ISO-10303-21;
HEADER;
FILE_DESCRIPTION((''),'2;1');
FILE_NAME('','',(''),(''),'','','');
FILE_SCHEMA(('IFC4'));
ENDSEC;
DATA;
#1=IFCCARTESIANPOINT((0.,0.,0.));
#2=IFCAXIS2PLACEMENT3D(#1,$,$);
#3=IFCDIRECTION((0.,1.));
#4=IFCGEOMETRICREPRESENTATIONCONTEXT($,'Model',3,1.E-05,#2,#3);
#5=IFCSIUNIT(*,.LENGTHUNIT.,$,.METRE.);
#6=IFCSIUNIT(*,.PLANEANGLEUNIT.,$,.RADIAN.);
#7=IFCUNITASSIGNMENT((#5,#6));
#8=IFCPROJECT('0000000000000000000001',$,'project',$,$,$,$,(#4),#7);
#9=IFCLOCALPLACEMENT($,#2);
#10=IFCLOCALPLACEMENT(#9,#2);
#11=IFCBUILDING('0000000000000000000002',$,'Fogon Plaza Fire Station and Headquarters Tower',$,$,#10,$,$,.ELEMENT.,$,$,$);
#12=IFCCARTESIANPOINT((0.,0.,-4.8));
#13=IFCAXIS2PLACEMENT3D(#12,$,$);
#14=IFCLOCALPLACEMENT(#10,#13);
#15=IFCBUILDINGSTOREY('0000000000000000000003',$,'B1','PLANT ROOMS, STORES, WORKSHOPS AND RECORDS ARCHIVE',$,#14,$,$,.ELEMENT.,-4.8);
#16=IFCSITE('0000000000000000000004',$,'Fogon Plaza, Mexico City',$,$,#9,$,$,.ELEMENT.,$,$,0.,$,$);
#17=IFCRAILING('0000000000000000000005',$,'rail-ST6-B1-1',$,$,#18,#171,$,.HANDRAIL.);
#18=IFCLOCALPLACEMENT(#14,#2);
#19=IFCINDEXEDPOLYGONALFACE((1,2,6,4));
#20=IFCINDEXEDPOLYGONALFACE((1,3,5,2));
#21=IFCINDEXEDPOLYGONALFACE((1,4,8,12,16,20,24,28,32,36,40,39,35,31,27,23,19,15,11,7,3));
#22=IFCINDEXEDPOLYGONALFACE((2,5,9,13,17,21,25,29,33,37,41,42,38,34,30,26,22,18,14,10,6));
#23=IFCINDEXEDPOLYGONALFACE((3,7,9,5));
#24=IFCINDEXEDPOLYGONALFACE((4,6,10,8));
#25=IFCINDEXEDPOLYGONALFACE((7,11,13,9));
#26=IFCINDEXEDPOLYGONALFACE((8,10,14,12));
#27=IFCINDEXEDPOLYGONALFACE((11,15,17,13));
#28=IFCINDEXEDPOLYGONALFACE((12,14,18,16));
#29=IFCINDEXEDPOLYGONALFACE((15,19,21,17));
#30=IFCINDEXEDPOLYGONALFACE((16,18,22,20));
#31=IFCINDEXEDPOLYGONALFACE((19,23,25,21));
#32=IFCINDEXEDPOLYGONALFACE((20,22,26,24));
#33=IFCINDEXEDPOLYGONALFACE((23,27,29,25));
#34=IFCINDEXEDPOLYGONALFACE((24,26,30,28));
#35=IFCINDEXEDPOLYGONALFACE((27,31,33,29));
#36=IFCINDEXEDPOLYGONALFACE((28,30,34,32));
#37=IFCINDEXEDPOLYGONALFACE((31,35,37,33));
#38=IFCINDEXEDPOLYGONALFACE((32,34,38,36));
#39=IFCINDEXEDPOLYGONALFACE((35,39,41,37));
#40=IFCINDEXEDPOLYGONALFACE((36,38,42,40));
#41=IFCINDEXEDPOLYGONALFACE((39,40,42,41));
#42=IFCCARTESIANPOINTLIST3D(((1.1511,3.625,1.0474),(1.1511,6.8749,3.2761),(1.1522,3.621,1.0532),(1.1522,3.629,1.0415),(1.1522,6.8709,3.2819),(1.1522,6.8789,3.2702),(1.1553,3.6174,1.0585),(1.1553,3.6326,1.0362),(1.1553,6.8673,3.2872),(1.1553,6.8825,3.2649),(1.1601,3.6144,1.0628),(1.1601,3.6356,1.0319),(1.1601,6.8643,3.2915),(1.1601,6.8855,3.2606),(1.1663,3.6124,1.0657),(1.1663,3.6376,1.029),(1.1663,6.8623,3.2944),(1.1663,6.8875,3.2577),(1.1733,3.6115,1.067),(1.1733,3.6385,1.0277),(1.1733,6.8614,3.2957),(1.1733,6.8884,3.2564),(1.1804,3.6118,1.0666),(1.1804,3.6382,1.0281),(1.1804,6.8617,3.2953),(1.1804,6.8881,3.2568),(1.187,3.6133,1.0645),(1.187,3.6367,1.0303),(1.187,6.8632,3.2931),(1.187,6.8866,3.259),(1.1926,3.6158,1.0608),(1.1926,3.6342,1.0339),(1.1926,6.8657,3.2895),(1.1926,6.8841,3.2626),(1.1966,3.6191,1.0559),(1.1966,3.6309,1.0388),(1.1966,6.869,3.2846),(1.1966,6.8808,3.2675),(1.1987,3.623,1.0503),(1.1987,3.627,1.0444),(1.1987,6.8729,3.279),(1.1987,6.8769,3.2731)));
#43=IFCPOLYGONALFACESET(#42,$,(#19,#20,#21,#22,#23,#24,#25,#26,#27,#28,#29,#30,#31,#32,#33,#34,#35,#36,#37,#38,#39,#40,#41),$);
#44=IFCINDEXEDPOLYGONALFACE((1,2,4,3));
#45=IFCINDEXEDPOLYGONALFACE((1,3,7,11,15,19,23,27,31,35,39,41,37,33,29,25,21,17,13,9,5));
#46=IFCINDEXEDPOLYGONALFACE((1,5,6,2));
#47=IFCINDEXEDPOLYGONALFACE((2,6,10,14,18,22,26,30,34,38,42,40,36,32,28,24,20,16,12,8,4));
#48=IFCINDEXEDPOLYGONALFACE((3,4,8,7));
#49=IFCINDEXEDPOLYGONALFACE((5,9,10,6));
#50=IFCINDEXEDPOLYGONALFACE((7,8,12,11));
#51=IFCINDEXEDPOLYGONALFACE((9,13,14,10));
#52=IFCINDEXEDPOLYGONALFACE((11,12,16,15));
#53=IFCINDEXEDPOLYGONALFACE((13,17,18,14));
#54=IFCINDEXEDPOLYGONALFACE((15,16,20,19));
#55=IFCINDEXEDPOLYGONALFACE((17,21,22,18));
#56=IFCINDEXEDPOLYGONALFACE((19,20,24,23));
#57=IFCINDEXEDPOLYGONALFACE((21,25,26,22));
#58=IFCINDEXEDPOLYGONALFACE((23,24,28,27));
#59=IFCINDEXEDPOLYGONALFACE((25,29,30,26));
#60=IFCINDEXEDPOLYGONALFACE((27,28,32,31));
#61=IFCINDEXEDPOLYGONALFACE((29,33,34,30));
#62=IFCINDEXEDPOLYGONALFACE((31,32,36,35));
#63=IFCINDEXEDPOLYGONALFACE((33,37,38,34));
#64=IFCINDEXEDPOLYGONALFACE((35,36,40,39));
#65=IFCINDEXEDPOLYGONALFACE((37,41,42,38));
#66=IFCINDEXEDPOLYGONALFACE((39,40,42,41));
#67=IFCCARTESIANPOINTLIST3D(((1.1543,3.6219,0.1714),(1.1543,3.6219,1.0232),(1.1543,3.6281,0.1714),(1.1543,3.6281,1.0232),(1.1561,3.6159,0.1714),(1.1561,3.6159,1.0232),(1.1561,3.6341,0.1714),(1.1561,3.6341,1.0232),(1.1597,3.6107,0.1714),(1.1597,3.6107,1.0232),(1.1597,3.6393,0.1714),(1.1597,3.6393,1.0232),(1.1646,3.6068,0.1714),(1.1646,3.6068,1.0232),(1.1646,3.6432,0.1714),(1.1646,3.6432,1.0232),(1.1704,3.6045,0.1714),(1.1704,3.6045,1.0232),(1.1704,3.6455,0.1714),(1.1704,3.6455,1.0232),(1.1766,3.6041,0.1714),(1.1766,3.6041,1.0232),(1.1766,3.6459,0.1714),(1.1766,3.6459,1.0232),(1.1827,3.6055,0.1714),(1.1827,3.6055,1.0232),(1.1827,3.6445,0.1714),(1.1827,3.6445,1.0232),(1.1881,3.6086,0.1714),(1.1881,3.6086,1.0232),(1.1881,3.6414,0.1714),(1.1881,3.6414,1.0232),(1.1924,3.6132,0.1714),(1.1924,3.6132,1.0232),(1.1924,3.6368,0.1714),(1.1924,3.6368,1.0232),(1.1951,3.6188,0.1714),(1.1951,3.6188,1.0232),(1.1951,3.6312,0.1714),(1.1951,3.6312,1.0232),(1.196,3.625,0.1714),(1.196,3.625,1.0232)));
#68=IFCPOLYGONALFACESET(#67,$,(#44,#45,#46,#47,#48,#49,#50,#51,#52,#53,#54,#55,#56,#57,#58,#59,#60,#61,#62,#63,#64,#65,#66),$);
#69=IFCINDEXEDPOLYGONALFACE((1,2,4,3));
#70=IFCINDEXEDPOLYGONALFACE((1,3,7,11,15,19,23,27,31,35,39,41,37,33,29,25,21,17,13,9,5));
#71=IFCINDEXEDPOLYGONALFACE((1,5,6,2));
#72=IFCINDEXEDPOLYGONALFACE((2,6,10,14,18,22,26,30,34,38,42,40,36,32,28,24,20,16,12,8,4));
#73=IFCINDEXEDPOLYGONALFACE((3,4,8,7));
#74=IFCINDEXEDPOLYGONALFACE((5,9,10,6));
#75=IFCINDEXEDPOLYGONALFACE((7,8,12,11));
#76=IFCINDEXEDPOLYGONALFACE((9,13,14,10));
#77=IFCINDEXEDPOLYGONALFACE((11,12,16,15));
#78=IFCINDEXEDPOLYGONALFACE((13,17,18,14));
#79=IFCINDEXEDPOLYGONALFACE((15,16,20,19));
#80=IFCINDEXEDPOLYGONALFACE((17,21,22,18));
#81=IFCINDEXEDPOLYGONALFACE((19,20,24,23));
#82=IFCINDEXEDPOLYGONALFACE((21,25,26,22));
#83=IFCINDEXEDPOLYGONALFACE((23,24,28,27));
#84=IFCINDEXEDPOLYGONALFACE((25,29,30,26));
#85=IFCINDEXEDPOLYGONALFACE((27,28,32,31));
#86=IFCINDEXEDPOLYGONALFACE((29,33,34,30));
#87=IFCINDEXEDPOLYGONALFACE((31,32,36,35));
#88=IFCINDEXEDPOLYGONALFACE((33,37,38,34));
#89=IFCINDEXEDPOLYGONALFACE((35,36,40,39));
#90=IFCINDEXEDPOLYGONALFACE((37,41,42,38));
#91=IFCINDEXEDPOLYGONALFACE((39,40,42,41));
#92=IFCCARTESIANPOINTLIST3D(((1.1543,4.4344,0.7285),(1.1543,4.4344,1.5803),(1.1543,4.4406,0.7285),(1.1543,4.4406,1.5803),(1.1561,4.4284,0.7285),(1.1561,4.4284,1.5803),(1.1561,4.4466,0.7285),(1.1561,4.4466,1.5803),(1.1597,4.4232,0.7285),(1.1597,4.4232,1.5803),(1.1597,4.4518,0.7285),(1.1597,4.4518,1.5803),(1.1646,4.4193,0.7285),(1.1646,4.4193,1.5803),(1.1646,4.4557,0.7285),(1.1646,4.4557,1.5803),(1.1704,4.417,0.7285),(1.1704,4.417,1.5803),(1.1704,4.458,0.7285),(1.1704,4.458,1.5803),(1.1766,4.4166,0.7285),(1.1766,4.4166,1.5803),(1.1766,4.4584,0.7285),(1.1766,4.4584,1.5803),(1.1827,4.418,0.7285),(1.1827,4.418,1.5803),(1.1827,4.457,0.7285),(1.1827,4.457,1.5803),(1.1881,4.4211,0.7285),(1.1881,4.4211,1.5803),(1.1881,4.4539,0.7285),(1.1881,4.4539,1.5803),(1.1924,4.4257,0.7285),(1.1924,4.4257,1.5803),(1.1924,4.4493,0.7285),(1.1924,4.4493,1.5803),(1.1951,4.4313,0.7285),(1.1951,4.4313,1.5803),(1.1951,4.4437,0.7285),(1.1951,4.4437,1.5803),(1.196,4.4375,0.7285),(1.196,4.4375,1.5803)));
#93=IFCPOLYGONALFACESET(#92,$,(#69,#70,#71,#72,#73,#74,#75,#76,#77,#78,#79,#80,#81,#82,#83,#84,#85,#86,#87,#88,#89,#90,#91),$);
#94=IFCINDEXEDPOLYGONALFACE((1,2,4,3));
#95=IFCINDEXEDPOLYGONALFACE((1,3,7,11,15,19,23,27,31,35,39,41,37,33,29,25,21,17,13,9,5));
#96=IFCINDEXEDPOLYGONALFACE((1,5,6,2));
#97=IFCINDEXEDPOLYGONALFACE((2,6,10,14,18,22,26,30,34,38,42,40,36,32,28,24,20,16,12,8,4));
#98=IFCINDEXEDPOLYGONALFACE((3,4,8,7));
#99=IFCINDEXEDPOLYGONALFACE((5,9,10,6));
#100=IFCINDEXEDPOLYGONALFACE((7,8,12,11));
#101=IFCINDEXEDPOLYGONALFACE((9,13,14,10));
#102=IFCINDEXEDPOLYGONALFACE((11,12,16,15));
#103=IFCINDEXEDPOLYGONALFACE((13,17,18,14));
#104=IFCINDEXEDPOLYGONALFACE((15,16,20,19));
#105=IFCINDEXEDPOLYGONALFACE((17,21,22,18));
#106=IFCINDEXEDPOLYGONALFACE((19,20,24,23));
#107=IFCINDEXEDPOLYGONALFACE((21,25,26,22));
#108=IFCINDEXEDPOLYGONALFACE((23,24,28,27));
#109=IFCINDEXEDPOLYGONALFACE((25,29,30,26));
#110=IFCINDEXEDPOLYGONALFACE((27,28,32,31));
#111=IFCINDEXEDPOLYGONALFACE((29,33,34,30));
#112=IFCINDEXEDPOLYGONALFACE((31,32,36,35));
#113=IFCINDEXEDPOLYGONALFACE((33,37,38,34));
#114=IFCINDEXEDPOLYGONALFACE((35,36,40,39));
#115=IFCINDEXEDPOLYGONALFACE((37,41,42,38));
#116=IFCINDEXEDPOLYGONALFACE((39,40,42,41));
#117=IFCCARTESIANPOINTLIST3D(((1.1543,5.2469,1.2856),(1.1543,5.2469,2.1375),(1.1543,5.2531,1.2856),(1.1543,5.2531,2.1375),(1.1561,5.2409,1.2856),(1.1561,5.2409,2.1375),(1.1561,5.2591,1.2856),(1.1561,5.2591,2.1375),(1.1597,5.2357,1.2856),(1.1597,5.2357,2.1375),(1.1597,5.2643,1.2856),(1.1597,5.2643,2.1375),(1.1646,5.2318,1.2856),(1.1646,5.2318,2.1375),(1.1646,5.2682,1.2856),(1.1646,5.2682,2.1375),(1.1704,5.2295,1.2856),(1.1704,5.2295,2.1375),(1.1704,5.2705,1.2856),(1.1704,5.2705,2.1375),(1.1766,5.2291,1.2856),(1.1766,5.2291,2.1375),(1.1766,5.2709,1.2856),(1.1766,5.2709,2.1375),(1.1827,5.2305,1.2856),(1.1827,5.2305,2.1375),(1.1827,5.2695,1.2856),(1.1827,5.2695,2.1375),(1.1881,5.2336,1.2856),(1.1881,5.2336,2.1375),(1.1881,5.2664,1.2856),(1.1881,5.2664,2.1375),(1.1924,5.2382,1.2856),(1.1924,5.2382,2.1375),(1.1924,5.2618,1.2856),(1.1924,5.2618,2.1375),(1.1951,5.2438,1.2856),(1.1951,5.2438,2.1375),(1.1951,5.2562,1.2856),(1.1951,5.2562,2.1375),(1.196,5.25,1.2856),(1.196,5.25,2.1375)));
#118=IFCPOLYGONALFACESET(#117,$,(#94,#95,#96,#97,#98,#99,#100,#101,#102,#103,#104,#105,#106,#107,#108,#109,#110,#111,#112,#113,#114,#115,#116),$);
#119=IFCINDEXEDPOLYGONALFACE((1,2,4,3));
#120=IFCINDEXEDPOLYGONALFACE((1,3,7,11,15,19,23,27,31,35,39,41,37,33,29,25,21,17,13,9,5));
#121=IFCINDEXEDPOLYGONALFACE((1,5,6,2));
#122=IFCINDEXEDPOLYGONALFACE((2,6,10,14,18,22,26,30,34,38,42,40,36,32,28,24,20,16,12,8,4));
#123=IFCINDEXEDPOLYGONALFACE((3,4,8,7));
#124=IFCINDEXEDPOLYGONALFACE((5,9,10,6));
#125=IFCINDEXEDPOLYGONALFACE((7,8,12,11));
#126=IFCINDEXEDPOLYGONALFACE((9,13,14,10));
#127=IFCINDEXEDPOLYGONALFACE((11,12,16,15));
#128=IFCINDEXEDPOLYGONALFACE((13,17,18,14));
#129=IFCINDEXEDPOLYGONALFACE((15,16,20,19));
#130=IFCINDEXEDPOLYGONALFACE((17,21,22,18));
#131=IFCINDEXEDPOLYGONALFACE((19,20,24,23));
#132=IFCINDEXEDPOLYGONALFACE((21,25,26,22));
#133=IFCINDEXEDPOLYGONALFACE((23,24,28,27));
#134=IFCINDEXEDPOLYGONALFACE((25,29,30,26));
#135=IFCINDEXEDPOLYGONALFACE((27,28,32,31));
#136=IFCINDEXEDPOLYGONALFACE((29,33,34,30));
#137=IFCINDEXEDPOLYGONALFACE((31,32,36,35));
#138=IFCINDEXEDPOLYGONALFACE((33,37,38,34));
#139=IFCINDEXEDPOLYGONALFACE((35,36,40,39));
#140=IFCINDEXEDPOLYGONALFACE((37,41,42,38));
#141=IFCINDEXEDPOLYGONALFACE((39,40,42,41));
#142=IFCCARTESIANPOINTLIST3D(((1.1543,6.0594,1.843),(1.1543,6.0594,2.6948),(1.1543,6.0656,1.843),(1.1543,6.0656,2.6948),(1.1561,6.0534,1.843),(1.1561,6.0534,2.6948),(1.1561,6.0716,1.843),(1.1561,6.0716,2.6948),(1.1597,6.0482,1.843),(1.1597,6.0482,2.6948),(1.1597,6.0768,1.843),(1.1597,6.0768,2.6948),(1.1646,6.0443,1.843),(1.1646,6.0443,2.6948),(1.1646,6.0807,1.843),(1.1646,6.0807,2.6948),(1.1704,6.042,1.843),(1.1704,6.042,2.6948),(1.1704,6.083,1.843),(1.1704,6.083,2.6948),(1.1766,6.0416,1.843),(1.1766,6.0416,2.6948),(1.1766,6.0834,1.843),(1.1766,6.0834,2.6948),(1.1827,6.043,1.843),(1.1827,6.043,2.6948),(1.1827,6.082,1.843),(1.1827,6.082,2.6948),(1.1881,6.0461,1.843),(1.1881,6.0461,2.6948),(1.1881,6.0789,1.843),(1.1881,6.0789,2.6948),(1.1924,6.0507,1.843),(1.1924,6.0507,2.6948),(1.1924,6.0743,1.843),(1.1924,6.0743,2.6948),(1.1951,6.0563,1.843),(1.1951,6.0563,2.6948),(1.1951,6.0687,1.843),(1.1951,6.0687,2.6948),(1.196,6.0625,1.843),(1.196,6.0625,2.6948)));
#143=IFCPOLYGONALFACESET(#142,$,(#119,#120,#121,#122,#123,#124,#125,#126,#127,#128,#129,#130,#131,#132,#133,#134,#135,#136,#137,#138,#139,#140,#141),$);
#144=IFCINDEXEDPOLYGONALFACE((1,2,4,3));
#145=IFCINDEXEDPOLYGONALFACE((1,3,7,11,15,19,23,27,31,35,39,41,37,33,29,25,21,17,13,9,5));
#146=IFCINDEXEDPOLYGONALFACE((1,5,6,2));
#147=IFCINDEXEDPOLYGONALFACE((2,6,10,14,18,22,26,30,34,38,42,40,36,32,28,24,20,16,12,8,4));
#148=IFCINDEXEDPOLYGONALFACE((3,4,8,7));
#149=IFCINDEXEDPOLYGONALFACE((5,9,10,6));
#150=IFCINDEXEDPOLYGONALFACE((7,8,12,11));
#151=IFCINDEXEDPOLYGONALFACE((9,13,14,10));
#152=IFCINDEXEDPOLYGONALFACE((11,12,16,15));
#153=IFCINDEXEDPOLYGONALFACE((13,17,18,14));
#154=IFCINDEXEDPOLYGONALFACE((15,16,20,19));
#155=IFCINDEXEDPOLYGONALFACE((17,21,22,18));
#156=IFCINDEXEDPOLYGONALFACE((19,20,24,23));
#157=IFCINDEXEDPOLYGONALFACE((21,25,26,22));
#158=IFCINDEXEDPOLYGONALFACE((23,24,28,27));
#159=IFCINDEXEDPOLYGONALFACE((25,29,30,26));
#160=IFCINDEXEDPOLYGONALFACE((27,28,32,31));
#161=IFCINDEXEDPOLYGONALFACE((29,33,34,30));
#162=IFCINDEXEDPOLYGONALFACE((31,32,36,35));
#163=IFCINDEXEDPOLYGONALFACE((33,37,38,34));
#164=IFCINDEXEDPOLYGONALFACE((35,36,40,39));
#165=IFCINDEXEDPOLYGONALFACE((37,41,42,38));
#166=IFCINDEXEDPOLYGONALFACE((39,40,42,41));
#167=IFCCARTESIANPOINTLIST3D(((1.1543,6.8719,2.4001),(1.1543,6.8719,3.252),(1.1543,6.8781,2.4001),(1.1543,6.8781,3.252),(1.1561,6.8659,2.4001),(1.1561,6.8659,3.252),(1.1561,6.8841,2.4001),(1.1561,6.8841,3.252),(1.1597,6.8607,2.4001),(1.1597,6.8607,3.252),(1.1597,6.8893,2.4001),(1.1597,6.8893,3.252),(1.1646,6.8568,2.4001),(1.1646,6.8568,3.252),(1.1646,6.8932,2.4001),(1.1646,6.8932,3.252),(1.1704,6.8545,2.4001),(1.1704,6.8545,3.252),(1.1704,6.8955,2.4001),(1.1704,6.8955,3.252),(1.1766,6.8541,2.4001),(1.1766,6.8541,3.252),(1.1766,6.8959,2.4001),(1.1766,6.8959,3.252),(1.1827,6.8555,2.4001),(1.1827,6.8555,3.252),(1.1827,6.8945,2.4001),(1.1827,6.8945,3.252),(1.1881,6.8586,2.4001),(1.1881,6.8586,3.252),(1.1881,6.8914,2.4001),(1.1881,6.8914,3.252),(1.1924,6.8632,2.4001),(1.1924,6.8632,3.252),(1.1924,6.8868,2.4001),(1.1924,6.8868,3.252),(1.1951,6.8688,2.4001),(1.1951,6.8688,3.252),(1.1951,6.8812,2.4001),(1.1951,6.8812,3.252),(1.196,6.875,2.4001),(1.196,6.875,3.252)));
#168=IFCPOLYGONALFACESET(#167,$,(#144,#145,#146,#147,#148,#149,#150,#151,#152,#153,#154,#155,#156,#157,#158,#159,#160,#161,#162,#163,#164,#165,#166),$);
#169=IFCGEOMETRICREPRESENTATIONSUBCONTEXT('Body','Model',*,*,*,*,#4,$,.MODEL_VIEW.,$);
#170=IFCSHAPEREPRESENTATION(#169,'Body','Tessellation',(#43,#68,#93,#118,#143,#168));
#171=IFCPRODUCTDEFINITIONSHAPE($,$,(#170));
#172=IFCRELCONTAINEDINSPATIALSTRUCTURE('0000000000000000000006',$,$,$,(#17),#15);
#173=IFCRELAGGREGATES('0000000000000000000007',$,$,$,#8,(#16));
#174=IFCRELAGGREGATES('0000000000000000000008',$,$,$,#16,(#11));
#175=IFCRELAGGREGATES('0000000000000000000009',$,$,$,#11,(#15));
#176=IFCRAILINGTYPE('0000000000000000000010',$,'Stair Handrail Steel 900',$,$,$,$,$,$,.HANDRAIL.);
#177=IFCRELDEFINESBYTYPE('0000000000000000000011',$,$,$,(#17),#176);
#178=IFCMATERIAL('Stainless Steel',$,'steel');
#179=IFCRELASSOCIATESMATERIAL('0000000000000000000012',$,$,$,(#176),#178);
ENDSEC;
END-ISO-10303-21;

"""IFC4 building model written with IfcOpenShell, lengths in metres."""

from ifc_helpers import new_model, si_unit, direction, frame, origin, origin_2d, place, context, subcontext, project, spatial, circle, extrude, material, type_object, element, save


model = new_model("IFC4")

# Units and contexts
model_context = context("Model", 3, precision=1e-05, world=origin(), true_north=direction((0.0, 1.0)))
body_context = subcontext(model_context, "Body", "Model", "MODEL_VIEW")
ifc_project = project(units=[si_unit("LENGTHUNIT", "METRE"), si_unit("PLANEANGLEUNIT", "RADIAN")], contexts=[model_context])

# Site, building, storey
site_placement = place(None, origin())
site = spatial("IfcSite", under=ifc_project, at=site_placement, Name="Fogon Plaza, Mexico City", CompositionType="ELEMENT", RefElevation=0.0)
building_placement = place(site_placement, origin())
building = spatial("IfcBuilding", under=site, at=building_placement, Name="Fogon Plaza Fire Station and Headquarters Tower", CompositionType="ELEMENT")
storey_placement = place(building_placement, frame((0.0, 0.0, -4.8)))
storey = spatial("IfcBuildingStorey", under=building, at=storey_placement, Name="B1", Description="PLANT ROOMS, STORES, WORKSHOPS AND RECORDS ARCHIVE", CompositionType="ELEMENT", Elevation=-4.8)

# Railing
ifc_material_1 = material(Name="Stainless Steel", Category="steel")
railing_type = type_object("IfcRailingType", Name="Stair Handrail Steel 900", PredefinedType="HANDRAIL", material=ifc_material_1)
for number, where, name in (
    (1, (1.175, 3.625, 0.1714), "rail-ST6-B1-1"),
):
    element("IfcRailing", number, at=place(storey_placement, frame(where)), inside=storey, type_object=railing_type, Name=name, PredefinedType="HANDRAIL", context=body_context, shape_type="SweptSolid", body=[
        extrude(circle(Radius=0.0239, at=origin_2d()), frame((0.0, 0.0, 0.876), z_axis=(0.0, 0.824707, 0.565561), x_axis=(-1.0, 0.0, 0.0)), (0.0, 0.0, 1.0), 3.9407),
        extrude(circle(Radius=0.021, at=origin_2d()), origin(), (0.0, 0.0, 1.0), 0.8518),
        extrude(circle(Radius=0.021, at=origin_2d()), frame((0.0, 0.8125, 0.5571)), (0.0, 0.0, 1.0), 0.8518),
        extrude(circle(Radius=0.021, at=origin_2d()), frame((0.0, 1.625, 1.1143)), (0.0, 0.0, 1.0), 0.8518),
        extrude(circle(Radius=0.021, at=origin_2d()), frame((0.0, 2.4375, 1.6716)), (0.0, 0.0, 1.0), 0.8518),
        extrude(circle(Radius=0.021, at=origin_2d()), frame((0.0, 3.25, 2.2288)), (0.0, 0.0, 1.0), 0.8518),
    ])

save(model, "model.ifc")
